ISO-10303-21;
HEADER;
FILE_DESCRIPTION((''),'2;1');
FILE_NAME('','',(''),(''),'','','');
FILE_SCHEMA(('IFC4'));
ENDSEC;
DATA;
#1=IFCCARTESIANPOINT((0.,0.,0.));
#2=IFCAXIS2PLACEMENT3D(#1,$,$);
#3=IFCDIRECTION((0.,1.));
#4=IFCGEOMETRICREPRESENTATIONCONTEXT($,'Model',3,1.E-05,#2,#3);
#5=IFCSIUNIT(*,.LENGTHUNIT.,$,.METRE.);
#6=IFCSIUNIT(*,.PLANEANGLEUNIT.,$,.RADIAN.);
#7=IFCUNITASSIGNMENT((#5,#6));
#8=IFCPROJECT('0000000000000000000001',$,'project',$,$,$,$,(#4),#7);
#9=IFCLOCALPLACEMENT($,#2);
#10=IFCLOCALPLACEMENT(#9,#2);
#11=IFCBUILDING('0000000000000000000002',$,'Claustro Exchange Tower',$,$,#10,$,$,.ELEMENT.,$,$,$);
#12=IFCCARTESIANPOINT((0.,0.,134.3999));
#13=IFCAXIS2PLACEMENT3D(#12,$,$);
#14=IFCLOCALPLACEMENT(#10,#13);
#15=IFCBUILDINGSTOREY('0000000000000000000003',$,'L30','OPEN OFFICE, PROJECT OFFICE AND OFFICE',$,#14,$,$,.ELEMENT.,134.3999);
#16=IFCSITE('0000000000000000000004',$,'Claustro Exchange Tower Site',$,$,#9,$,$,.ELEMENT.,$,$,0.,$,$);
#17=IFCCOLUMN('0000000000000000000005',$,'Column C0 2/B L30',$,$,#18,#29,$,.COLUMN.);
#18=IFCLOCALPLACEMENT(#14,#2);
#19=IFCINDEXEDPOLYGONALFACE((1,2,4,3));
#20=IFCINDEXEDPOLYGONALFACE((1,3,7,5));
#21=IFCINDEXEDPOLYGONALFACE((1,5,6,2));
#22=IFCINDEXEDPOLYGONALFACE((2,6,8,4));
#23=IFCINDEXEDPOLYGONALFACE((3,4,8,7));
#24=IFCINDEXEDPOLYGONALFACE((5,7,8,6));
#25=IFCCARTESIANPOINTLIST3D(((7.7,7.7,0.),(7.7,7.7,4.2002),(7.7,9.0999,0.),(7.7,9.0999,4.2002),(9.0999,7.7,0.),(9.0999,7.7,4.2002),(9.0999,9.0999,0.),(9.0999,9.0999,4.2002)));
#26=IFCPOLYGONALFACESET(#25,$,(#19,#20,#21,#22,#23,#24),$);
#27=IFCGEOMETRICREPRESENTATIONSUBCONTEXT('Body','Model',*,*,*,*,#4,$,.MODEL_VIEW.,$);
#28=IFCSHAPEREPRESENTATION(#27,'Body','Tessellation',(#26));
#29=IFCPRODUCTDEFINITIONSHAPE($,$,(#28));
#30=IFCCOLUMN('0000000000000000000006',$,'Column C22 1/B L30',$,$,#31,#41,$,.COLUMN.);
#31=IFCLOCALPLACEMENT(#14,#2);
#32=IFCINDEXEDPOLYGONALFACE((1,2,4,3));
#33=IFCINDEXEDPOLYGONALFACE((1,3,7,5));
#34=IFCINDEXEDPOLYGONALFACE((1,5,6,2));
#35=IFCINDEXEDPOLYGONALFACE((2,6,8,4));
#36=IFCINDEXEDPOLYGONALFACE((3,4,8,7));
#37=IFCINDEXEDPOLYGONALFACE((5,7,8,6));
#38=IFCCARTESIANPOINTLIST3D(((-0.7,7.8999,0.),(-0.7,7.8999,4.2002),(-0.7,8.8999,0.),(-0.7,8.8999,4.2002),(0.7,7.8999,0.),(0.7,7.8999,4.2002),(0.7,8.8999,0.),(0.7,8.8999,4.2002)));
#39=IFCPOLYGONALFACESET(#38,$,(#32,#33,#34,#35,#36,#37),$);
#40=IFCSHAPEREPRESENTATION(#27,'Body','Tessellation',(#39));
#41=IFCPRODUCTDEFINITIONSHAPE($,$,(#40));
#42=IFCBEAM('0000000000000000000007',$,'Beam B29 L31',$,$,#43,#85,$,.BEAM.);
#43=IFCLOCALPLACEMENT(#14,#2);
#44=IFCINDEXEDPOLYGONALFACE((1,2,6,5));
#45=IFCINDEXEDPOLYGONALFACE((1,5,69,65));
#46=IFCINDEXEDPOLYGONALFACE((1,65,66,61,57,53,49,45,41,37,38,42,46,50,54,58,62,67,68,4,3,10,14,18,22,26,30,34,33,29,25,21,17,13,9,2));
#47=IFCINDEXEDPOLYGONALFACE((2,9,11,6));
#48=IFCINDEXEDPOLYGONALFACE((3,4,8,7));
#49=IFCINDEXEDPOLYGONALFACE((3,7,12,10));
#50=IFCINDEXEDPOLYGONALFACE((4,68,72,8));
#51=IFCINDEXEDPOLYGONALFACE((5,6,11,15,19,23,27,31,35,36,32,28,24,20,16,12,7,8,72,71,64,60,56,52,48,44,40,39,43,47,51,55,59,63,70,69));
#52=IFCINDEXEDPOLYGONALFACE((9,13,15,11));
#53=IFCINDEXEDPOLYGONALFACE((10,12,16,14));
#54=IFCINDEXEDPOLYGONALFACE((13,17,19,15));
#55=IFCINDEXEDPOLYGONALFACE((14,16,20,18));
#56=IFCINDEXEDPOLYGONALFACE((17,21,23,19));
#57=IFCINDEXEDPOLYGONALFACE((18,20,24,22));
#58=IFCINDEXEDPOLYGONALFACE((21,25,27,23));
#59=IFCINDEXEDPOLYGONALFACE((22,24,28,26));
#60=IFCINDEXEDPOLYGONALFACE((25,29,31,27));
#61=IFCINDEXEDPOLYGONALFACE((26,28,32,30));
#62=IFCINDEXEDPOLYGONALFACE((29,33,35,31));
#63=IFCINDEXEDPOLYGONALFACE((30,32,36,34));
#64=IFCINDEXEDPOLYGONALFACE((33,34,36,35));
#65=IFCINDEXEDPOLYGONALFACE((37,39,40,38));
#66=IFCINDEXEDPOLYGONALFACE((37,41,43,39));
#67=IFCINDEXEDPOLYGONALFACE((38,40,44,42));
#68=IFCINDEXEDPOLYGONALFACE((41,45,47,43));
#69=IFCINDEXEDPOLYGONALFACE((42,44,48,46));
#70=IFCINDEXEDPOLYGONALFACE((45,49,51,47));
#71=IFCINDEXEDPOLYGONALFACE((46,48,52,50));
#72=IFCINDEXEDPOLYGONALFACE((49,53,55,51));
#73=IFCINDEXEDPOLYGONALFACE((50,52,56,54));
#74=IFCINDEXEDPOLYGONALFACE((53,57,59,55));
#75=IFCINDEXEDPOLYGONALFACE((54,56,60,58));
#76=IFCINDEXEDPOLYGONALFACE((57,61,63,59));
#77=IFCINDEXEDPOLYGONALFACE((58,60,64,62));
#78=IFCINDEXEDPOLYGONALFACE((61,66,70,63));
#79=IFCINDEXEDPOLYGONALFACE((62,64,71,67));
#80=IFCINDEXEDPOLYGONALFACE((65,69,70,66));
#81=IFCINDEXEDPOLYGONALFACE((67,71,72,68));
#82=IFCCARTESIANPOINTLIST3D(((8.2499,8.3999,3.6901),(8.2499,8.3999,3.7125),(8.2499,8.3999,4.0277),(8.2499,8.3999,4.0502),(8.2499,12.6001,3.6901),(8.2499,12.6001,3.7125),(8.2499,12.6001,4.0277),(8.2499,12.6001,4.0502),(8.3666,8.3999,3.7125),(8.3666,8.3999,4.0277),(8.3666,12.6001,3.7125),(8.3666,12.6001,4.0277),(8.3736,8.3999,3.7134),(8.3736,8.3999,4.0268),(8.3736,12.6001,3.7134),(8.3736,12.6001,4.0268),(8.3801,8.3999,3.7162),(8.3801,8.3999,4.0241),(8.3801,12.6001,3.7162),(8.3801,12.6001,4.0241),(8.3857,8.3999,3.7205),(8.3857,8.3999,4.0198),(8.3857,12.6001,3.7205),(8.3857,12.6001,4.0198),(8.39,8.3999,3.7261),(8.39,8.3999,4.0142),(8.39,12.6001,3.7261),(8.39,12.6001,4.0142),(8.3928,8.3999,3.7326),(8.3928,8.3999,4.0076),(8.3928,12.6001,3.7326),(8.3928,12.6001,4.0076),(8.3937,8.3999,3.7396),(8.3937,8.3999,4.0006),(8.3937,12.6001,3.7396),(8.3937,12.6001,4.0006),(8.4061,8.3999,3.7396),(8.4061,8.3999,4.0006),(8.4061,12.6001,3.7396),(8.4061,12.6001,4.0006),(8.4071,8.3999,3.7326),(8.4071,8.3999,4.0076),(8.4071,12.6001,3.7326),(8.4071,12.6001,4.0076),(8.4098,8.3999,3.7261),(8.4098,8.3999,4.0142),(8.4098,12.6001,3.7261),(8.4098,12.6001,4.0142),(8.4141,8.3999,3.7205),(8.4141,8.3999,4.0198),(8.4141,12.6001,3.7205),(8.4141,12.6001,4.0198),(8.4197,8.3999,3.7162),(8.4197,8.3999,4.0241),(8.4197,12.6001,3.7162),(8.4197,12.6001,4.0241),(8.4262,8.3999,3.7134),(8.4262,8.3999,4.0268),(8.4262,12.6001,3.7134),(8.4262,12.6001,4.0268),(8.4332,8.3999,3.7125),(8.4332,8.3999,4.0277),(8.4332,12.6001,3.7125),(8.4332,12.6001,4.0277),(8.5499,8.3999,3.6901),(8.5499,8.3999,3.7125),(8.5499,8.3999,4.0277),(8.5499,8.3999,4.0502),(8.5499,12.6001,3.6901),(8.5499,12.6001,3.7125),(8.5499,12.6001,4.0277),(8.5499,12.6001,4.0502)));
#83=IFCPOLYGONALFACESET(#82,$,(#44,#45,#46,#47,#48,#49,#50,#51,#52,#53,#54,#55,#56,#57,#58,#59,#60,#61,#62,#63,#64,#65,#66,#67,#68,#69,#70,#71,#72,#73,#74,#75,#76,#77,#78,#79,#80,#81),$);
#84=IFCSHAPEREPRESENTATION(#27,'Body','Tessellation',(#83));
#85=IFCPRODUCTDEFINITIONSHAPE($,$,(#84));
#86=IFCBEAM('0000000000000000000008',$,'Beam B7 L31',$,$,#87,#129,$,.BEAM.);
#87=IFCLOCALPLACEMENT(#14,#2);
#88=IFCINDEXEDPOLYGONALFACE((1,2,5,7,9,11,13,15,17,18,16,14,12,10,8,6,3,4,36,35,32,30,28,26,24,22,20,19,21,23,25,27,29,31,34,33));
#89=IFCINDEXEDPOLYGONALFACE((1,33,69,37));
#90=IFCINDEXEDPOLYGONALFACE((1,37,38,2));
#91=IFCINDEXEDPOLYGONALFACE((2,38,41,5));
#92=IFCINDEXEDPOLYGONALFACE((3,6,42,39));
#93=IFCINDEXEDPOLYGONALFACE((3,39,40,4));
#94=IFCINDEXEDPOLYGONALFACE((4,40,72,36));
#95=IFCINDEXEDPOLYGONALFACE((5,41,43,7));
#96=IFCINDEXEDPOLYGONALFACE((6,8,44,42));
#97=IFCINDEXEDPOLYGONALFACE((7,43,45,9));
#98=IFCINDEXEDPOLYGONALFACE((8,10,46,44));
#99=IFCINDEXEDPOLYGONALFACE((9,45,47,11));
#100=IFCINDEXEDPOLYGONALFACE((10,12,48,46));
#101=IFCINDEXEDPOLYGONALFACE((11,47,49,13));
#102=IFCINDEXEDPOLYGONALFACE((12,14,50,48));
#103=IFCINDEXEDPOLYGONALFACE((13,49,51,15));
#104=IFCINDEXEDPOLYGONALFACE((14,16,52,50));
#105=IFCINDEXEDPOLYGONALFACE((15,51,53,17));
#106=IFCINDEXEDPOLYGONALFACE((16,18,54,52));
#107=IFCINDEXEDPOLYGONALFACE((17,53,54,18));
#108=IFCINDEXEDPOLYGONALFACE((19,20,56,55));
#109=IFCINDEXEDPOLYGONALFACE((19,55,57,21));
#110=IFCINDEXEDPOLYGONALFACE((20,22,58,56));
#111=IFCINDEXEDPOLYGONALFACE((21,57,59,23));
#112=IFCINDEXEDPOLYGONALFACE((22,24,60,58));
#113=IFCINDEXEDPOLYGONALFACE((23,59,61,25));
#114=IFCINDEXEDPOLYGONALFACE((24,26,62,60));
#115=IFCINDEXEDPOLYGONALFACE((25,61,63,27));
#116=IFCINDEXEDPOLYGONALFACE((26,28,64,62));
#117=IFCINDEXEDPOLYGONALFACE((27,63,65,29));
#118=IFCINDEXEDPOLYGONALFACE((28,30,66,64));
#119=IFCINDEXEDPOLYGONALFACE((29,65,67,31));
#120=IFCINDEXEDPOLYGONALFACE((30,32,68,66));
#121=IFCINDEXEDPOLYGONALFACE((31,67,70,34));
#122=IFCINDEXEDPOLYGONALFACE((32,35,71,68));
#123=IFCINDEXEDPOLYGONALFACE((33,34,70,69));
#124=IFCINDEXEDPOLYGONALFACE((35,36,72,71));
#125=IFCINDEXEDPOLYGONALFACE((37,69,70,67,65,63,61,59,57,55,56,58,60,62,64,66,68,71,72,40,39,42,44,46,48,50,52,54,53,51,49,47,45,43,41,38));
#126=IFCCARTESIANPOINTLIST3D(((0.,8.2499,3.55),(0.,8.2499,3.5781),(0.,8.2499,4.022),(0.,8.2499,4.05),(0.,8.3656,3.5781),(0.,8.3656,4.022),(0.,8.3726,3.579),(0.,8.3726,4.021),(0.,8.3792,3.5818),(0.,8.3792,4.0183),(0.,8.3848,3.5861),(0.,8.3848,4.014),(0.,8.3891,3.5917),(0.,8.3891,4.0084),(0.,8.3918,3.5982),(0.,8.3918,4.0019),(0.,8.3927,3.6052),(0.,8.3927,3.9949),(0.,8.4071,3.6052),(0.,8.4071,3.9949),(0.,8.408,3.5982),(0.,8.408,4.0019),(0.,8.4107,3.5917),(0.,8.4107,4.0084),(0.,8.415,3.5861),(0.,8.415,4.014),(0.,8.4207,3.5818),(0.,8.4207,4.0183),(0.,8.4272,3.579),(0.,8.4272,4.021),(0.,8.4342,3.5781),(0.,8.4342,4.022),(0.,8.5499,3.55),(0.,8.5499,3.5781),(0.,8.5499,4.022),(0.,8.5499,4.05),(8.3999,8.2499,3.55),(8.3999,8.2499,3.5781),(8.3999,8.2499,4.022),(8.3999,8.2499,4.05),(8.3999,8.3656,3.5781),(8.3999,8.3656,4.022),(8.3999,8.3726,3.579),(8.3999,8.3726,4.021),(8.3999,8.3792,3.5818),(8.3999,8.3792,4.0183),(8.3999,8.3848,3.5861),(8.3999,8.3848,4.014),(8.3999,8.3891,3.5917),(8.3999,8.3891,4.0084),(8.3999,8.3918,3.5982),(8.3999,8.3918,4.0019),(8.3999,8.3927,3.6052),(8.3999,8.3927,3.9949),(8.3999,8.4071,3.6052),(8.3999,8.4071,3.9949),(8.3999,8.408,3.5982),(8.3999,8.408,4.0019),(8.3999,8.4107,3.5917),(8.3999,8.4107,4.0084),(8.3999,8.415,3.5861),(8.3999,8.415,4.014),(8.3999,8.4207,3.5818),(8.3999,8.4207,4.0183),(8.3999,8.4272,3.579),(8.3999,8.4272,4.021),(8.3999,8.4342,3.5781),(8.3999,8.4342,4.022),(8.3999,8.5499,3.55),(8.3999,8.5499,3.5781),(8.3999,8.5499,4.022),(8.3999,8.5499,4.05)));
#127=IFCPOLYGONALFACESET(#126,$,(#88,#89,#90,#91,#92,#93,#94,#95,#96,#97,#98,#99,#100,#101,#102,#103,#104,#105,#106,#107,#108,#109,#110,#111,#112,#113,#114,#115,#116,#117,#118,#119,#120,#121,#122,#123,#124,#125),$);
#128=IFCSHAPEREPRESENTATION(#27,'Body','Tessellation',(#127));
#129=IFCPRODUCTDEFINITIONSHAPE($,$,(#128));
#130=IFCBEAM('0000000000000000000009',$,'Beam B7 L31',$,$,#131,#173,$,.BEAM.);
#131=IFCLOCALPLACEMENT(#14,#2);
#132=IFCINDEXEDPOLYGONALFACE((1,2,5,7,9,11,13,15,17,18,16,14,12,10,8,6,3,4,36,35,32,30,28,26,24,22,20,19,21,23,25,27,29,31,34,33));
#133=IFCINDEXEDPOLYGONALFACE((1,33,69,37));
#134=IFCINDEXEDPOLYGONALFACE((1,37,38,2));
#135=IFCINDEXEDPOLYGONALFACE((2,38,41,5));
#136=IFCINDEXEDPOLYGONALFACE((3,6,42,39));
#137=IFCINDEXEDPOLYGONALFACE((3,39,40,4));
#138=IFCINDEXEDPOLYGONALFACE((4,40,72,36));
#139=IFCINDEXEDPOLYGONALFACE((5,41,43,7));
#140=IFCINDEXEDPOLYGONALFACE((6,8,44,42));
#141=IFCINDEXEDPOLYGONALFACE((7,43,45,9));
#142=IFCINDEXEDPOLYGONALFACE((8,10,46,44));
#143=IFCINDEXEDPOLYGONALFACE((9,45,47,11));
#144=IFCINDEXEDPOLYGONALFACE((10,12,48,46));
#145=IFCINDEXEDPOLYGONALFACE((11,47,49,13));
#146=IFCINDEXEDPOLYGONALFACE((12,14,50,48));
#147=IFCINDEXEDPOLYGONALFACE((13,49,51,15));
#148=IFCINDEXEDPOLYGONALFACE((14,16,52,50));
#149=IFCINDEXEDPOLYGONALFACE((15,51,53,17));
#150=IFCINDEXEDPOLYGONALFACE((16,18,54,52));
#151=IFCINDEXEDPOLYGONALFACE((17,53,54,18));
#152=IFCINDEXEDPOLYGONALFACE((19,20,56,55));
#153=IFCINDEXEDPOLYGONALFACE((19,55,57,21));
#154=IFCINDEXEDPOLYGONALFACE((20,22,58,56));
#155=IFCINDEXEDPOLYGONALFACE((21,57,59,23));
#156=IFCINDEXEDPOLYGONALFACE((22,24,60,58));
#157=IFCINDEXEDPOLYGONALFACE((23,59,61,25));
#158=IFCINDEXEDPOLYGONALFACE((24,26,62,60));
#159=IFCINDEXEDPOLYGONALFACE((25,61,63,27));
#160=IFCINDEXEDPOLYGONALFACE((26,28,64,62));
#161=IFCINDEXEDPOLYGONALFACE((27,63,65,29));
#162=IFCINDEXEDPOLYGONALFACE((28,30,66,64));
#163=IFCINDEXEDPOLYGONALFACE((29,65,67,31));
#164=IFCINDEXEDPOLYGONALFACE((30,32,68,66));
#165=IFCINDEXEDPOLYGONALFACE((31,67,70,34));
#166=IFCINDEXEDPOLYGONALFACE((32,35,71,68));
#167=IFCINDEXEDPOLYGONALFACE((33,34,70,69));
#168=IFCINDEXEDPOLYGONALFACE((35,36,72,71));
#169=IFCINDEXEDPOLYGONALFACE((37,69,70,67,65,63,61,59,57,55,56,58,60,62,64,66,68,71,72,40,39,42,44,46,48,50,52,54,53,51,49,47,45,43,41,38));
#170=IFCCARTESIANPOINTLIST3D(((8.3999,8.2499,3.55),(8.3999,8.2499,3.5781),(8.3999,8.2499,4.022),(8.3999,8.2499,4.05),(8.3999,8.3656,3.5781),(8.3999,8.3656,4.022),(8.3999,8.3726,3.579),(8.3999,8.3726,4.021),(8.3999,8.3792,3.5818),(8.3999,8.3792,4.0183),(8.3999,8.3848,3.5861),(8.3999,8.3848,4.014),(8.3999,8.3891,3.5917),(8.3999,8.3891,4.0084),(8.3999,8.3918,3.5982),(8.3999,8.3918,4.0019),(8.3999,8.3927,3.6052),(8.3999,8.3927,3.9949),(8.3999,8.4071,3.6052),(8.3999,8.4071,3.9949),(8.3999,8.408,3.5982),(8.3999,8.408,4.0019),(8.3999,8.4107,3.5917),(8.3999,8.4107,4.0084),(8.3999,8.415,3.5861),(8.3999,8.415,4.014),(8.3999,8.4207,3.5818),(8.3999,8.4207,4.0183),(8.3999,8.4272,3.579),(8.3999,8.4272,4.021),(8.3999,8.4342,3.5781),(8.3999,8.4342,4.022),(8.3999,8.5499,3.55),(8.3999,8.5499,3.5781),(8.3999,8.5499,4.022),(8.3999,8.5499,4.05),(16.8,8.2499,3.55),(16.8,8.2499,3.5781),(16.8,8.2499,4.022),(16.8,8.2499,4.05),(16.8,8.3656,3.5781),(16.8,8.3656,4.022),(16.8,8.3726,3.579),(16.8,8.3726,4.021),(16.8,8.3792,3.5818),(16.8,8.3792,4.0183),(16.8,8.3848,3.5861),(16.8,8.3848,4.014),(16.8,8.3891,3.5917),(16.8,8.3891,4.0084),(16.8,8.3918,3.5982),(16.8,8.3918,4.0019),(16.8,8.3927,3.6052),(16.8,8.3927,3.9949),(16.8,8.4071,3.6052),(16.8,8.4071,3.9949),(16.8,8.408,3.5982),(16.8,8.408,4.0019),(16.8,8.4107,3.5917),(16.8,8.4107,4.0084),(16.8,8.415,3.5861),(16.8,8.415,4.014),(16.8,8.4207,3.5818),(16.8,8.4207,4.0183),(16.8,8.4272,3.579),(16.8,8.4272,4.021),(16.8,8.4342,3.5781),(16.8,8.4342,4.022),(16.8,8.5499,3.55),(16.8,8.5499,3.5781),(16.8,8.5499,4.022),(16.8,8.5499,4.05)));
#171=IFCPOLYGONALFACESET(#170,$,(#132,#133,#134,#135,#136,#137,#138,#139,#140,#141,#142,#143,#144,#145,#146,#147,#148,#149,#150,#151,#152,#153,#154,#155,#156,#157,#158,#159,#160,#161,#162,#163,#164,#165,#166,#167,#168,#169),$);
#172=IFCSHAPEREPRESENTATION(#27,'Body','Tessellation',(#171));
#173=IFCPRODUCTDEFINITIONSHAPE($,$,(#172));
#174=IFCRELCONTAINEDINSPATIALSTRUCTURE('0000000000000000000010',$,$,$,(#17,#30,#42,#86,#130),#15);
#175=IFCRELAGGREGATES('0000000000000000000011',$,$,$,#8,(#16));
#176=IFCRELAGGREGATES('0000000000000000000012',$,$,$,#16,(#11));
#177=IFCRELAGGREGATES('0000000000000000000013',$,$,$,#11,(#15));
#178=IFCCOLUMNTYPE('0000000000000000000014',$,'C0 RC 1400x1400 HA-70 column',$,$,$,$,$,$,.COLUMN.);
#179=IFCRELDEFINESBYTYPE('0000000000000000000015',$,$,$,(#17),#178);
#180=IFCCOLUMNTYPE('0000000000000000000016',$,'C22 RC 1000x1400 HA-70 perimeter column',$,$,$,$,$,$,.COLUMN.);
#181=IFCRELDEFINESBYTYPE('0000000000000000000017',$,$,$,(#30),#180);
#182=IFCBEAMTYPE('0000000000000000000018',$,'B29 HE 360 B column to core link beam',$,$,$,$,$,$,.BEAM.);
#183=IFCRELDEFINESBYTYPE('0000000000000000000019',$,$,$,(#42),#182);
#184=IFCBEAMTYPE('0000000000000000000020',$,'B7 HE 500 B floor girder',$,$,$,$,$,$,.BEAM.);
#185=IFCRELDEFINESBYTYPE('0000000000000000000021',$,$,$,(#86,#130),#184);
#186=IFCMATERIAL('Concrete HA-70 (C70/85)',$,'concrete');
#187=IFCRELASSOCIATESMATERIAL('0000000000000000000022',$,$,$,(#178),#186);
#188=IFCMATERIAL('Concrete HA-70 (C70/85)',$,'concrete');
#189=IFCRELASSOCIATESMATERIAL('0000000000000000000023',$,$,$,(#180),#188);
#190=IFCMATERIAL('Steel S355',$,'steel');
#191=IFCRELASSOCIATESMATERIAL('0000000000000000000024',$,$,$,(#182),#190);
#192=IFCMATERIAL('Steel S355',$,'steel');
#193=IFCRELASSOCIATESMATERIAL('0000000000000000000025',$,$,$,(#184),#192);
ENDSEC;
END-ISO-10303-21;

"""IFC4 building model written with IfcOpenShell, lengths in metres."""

from ifc_helpers import new_model, si_unit, direction, frame, origin, origin_2d, place, context, subcontext, project, spatial, rectangle, i_section, extrude, material, material_profile, profile_set, type_object, element, save


model = new_model("IFC4")

# Units and contexts
model_context = context("Model", 3, precision=1e-05, world=origin(), true_north=direction((0.0, 1.0)))
body_context = subcontext(model_context, "Body", "Model", "MODEL_VIEW")
ifc_project = project(units=[si_unit("LENGTHUNIT", "METRE"), si_unit("PLANEANGLEUNIT", "RADIAN")], contexts=[model_context])

# Site, building, storey
site_placement = place(None, origin())
site = spatial("IfcSite", under=ifc_project, at=site_placement, Name="Claustro Exchange Tower Site", CompositionType="ELEMENT", RefElevation=0.0)
building_placement = place(site_placement, origin())
building = spatial("IfcBuilding", under=site, at=building_placement, Name="Claustro Exchange Tower", CompositionType="ELEMENT")
storey_placement = place(building_placement, frame((0.0, 0.0, 134.3999)))
storey = spatial("IfcBuildingStorey", under=building, at=storey_placement, Name="L30", Description="OPEN OFFICE, PROJECT OFFICE AND OFFICE", CompositionType="ELEMENT", Elevation=134.3999)

# Columns
ifc_material_1 = material(Name="Concrete HA-70 (C70/85)", Category="concrete")
ifc_material_profile_1 = material_profile(ifc_material_1, rectangle(XDim=1.3999, YDim=1.3999, at=origin_2d()), Name="RC 1400x1400")
ifc_profile_set_1 = profile_set([ifc_material_profile_1], Name="Concrete HA-70 (C70/85)")
column_type_1 = type_object("IfcColumnType", Name="C0 RC 1400x1400 HA-70 column", PredefinedType="COLUMN", material=ifc_profile_set_1)
column_1_placement = place(storey_placement, frame((8.3999, 8.3999, 0.0), z_axis=(0.0, 0.0, 1.0), x_axis=(1.0, 0.0, 0.0)))
element("IfcColumn", 1, at=column_1_placement, inside=storey, type_object=column_type_1, Name="Column C0 2/B L30", PredefinedType="COLUMN", context=body_context, shape_type="SweptSolid", body=[
    extrude(rectangle(XDim=1.3999, YDim=1.3999, at=origin_2d()), origin(), (0.0, 0.0, 1.0), 4.2002),
])
ifc_material_2 = material(Name="Concrete HA-70 (C70/85)", Category="concrete")
ifc_material_profile_2 = material_profile(ifc_material_2, rectangle(XDim=1.0, YDim=1.3999, at=origin_2d()), Name="RC 1000x1400")
ifc_profile_set_2 = profile_set([ifc_material_profile_2], Name="Concrete HA-70 (C70/85)")
column_type_2 = type_object("IfcColumnType", Name="C22 RC 1000x1400 HA-70 perimeter column", PredefinedType="COLUMN", material=ifc_profile_set_2)
column_2_placement = place(storey_placement, frame((0.0, 8.3999, 0.0), z_axis=(0.0, 0.0, 1.0), x_axis=(0.0, 1.0, 0.0)))
element("IfcColumn", 2, at=column_2_placement, inside=storey, type_object=column_type_2, Name="Column C22 1/B L30", PredefinedType="COLUMN", context=body_context, shape_type="SweptSolid", body=[
    extrude(rectangle(XDim=1.0, YDim=1.3999, at=origin_2d()), origin(), (0.0, 0.0, 1.0), 4.2002),
])

# Beams
ifc_material_3 = material(Name="Steel S355", Category="steel")
ifc_material_profile_3 = material_profile(ifc_material_3, i_section(OverallWidth=0.3, OverallDepth=0.3601, WebThickness=0.0125, FlangeThickness=0.0225, FilletRadius=0.0271, at=origin_2d()), Name="HE 360 B")
ifc_profile_set_3 = profile_set([ifc_material_profile_3], Name="Steel S355")
beam_type_1 = type_object("IfcBeamType", Name="B29 HE 360 B column to core link beam", PredefinedType="BEAM", material=ifc_profile_set_3)
beam_1_placement = place(storey_placement, frame((8.3999, 8.3999, 3.8701), z_axis=(0.0, 1.0, 0.0), x_axis=(-1.0, 0.0, 0.0)))
element("IfcBeam", 3, at=beam_1_placement, inside=storey, type_object=beam_type_1, Name="Beam B29 L31", PredefinedType="BEAM", context=body_context, shape_type="SweptSolid", body=[
    extrude(i_section(OverallWidth=0.3, OverallDepth=0.3601, WebThickness=0.0125, FlangeThickness=0.0225, FilletRadius=0.0271, at=origin_2d()), origin(), (0.0, 0.0, 1.0), 4.2002),
])
ifc_material_4 = material(Name="Steel S355", Category="steel")
ifc_material_profile_4 = material_profile(ifc_material_4, i_section(OverallWidth=0.3, OverallDepth=0.5, WebThickness=0.0144, FlangeThickness=0.0281, FilletRadius=0.0271, at=origin_2d()), Name="HE 500 B")
ifc_profile_set_4 = profile_set([ifc_material_profile_4], Name="Steel S355")
beam_type_2 = type_object("IfcBeamType", Name="B7 HE 500 B floor girder", PredefinedType="BEAM", material=ifc_profile_set_4)
beam_2_placement = place(storey_placement, frame((0.0, 8.3999, 3.8), z_axis=(1.0, 0.0, 0.0), x_axis=(0.0, 1.0, 0.0)))
element("IfcBeam", 4, at=beam_2_placement, inside=storey, type_object=beam_type_2, Name="Beam B7 L31", PredefinedType="BEAM", context=body_context, shape_type="SweptSolid", body=[
    extrude(i_section(OverallWidth=0.3, OverallDepth=0.5, WebThickness=0.0144, FlangeThickness=0.0281, FilletRadius=0.0271, at=origin_2d()), origin(), (0.0, 0.0, 1.0), 8.3999),
])
beam_3_placement = place(storey_placement, frame((8.3999, 8.3999, 3.8), z_axis=(1.0, 0.0, 0.0), x_axis=(0.0, 1.0, 0.0)))
element("IfcBeam", 5, at=beam_3_placement, inside=storey, type_object=beam_type_2, Name="Beam B7 L31", PredefinedType="BEAM", context=body_context, shape_type="SweptSolid", body=[
    extrude(i_section(OverallWidth=0.3, OverallDepth=0.5, WebThickness=0.0144, FlangeThickness=0.0281, FilletRadius=0.0271, at=origin_2d()), origin(), (0.0, 0.0, 1.0), 8.4001),
])

save(model, "model.ifc")
